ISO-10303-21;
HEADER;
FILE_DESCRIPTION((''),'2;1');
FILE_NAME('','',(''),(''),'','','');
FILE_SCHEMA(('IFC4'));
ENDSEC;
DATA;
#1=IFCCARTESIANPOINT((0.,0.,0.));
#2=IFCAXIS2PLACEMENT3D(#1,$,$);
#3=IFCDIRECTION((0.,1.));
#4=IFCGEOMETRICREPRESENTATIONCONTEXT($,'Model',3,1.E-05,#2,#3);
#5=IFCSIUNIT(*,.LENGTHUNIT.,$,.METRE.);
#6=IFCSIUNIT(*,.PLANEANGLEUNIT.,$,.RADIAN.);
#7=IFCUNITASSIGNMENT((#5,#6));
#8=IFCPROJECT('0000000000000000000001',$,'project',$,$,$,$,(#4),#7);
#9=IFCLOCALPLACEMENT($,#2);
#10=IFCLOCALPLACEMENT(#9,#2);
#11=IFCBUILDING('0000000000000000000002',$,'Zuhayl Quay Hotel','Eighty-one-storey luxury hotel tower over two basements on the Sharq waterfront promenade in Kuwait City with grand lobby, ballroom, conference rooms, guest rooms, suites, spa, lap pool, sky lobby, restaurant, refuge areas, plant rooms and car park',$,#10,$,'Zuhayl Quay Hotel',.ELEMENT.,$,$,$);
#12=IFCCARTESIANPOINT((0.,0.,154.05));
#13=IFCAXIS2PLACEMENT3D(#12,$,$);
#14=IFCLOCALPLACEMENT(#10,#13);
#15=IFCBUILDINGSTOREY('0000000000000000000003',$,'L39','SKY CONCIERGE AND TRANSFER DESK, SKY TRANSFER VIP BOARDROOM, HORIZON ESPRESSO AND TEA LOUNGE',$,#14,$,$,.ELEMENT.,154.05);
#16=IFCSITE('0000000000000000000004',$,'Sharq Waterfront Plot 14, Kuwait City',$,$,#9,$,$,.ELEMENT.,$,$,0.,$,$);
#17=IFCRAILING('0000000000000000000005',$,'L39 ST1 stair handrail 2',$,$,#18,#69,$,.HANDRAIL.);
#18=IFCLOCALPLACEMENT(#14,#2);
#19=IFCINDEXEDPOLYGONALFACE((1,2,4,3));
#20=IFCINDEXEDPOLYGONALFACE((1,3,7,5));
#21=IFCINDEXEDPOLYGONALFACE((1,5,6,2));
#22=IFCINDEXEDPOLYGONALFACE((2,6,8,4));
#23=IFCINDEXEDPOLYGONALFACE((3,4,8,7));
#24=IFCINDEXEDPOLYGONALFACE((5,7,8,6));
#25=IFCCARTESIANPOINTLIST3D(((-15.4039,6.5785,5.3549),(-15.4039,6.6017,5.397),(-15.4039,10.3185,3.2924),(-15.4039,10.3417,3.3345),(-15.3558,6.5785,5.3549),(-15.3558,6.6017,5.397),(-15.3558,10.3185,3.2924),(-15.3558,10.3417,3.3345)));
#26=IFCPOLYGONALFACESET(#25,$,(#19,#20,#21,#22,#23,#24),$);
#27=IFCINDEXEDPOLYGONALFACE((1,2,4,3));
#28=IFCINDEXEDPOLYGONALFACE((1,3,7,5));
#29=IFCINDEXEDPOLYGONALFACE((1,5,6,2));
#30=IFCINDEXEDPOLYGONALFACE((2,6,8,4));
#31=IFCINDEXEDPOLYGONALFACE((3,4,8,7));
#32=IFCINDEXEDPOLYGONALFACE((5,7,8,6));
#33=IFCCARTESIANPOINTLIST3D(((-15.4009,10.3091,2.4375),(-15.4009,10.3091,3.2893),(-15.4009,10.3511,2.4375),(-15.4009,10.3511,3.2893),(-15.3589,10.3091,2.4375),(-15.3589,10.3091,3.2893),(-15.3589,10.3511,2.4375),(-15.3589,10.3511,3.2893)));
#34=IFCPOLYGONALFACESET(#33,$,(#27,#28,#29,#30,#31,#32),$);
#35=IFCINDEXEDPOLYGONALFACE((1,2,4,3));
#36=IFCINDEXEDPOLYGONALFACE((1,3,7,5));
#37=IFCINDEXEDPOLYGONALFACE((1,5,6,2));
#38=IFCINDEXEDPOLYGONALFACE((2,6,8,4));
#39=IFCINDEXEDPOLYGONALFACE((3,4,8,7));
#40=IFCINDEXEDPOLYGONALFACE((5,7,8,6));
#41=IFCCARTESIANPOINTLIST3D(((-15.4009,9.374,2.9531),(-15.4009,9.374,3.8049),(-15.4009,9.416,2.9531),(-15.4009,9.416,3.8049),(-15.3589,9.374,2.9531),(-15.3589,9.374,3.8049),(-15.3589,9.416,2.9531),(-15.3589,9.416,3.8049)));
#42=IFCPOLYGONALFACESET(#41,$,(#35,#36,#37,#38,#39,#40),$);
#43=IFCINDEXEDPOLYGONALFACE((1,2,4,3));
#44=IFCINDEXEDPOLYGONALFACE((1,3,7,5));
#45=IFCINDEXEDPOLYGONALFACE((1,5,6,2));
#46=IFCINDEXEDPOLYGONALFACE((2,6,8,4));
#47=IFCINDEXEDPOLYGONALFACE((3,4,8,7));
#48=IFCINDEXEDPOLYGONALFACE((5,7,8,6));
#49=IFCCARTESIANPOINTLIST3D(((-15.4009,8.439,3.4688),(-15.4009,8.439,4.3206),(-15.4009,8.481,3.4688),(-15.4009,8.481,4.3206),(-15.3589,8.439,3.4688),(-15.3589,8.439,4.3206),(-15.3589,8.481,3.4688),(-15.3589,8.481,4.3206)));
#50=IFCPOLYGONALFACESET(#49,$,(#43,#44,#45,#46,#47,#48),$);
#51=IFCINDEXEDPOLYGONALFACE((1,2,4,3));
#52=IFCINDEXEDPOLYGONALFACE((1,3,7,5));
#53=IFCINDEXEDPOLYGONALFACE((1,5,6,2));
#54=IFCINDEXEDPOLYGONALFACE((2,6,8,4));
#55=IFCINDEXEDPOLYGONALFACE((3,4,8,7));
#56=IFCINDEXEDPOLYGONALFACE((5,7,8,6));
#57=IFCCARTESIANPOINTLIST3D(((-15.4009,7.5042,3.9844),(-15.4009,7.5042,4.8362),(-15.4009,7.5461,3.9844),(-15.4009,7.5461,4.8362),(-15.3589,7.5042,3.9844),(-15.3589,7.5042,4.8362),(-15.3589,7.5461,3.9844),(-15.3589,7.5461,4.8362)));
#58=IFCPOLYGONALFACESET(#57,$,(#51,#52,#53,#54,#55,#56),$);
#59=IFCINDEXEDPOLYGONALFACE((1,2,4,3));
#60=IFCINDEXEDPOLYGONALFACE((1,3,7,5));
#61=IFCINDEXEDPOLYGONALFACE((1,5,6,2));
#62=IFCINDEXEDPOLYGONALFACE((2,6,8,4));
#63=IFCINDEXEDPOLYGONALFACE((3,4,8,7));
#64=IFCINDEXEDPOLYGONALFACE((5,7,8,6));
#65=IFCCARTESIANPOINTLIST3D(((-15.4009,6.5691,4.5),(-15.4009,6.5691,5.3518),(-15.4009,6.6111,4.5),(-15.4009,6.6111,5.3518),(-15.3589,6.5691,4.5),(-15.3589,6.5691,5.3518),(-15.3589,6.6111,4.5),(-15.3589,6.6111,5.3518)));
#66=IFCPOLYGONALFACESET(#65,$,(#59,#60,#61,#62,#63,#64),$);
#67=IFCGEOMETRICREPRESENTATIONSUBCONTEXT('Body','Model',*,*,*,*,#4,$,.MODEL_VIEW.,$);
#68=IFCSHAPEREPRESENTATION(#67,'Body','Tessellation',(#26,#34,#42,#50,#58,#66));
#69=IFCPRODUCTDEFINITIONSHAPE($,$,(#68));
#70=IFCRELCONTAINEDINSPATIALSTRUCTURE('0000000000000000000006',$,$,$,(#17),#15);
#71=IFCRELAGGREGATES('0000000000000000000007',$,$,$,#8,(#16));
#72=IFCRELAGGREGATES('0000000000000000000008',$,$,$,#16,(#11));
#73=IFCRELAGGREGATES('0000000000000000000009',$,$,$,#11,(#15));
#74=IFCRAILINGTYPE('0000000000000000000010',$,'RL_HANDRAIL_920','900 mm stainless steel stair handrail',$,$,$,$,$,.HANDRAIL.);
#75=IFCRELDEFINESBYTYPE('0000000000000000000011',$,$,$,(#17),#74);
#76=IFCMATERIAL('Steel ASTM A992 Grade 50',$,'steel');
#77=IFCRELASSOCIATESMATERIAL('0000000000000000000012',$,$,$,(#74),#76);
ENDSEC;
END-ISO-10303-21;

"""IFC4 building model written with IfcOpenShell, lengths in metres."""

from ifc_helpers import new_model, si_unit, direction, frame, origin, origin_2d, place, context, subcontext, project, spatial, rectangle, extrude, material, type_object, element, save


model = new_model("IFC4")

# Units and contexts
model_context = context("Model", 3, precision=1e-05, world=origin(), true_north=direction((0.0, 1.0)))
body_context = subcontext(model_context, "Body", "Model", "MODEL_VIEW")
ifc_project = project(units=[si_unit("LENGTHUNIT", "METRE"), si_unit("PLANEANGLEUNIT", "RADIAN")], contexts=[model_context])

# Site, building, storey
site_placement = place(None, origin())
site = spatial("IfcSite", under=ifc_project, at=site_placement, Name="Sharq Waterfront Plot 14, Kuwait City", CompositionType="ELEMENT", RefElevation=0.0)
building_placement = place(site_placement, origin())
building = spatial("IfcBuilding", under=site, at=building_placement, Name="Zuhayl Quay Hotel", Description="Eighty-one-storey luxury hotel tower over two basements on the Sharq waterfront promenade in Kuwait City with grand lobby, ballroom, conference rooms, guest rooms, suites, spa, lap pool, sky lobby, restaurant, refuge areas, plant rooms and car park", LongName="Zuhayl Quay Hotel", CompositionType="ELEMENT")
storey_placement = place(building_placement, frame((0.0, 0.0, 154.05)))
storey = spatial("IfcBuildingStorey", under=building, at=storey_placement, Name="L39", Description="SKY CONCIERGE AND TRANSFER DESK, SKY TRANSFER VIP BOARDROOM, HORIZON ESPRESSO AND TEA LOUNGE", CompositionType="ELEMENT", Elevation=154.05)

# Shared definitions
ifc_material_1 = material(Name="Steel ASTM A992 Grade 50", Category="steel")

# Railing
railing_type_1 = type_object("IfcRailingType", Name="RL_HANDRAIL_920", Description="900 mm stainless steel stair handrail", PredefinedType="HANDRAIL", material=ifc_material_1)
railing_1_placement = place(storey_placement, frame((-15.3799, 10.3301, 2.4375)))
element("IfcRailing", 1, at=railing_1_placement, inside=storey, type_object=railing_type_1, Name="L39 ST1 stair handrail 2", PredefinedType="HANDRAIL", context=body_context, shape_type="SweptSolid", body=[
    extrude(rectangle(XDim=0.0481, YDim=0.0481, at=origin_2d()), frame((0.0, 0.0, 0.876), z_axis=(0.0, -0.875671, 0.482908), x_axis=(1.0, 0.0, 0.0)), (0.0, 0.0, 1.0), 4.271),
    extrude(rectangle(XDim=0.042, YDim=0.042, at=origin_2d()), origin(), (0.0, 0.0, 1.0), 0.8518),
    extrude(rectangle(XDim=0.042, YDim=0.042, at=origin_2d()), frame((0.0, -0.9351, 0.5156)), (0.0, 0.0, 1.0), 0.8518),
    extrude(rectangle(XDim=0.042, YDim=0.042, at=origin_2d()), frame((0.0, -1.8701, 1.0312)), (0.0, 0.0, 1.0), 0.8518),
    extrude(rectangle(XDim=0.042, YDim=0.042, at=origin_2d()), frame((0.0, -2.8049, 1.5469)), (0.0, 0.0, 1.0), 0.8518),
    extrude(rectangle(XDim=0.042, YDim=0.042, at=origin_2d()), frame((0.0, -3.74, 2.0625)), (0.0, 0.0, 1.0), 0.8518),
])

save(model, "model.ifc")
